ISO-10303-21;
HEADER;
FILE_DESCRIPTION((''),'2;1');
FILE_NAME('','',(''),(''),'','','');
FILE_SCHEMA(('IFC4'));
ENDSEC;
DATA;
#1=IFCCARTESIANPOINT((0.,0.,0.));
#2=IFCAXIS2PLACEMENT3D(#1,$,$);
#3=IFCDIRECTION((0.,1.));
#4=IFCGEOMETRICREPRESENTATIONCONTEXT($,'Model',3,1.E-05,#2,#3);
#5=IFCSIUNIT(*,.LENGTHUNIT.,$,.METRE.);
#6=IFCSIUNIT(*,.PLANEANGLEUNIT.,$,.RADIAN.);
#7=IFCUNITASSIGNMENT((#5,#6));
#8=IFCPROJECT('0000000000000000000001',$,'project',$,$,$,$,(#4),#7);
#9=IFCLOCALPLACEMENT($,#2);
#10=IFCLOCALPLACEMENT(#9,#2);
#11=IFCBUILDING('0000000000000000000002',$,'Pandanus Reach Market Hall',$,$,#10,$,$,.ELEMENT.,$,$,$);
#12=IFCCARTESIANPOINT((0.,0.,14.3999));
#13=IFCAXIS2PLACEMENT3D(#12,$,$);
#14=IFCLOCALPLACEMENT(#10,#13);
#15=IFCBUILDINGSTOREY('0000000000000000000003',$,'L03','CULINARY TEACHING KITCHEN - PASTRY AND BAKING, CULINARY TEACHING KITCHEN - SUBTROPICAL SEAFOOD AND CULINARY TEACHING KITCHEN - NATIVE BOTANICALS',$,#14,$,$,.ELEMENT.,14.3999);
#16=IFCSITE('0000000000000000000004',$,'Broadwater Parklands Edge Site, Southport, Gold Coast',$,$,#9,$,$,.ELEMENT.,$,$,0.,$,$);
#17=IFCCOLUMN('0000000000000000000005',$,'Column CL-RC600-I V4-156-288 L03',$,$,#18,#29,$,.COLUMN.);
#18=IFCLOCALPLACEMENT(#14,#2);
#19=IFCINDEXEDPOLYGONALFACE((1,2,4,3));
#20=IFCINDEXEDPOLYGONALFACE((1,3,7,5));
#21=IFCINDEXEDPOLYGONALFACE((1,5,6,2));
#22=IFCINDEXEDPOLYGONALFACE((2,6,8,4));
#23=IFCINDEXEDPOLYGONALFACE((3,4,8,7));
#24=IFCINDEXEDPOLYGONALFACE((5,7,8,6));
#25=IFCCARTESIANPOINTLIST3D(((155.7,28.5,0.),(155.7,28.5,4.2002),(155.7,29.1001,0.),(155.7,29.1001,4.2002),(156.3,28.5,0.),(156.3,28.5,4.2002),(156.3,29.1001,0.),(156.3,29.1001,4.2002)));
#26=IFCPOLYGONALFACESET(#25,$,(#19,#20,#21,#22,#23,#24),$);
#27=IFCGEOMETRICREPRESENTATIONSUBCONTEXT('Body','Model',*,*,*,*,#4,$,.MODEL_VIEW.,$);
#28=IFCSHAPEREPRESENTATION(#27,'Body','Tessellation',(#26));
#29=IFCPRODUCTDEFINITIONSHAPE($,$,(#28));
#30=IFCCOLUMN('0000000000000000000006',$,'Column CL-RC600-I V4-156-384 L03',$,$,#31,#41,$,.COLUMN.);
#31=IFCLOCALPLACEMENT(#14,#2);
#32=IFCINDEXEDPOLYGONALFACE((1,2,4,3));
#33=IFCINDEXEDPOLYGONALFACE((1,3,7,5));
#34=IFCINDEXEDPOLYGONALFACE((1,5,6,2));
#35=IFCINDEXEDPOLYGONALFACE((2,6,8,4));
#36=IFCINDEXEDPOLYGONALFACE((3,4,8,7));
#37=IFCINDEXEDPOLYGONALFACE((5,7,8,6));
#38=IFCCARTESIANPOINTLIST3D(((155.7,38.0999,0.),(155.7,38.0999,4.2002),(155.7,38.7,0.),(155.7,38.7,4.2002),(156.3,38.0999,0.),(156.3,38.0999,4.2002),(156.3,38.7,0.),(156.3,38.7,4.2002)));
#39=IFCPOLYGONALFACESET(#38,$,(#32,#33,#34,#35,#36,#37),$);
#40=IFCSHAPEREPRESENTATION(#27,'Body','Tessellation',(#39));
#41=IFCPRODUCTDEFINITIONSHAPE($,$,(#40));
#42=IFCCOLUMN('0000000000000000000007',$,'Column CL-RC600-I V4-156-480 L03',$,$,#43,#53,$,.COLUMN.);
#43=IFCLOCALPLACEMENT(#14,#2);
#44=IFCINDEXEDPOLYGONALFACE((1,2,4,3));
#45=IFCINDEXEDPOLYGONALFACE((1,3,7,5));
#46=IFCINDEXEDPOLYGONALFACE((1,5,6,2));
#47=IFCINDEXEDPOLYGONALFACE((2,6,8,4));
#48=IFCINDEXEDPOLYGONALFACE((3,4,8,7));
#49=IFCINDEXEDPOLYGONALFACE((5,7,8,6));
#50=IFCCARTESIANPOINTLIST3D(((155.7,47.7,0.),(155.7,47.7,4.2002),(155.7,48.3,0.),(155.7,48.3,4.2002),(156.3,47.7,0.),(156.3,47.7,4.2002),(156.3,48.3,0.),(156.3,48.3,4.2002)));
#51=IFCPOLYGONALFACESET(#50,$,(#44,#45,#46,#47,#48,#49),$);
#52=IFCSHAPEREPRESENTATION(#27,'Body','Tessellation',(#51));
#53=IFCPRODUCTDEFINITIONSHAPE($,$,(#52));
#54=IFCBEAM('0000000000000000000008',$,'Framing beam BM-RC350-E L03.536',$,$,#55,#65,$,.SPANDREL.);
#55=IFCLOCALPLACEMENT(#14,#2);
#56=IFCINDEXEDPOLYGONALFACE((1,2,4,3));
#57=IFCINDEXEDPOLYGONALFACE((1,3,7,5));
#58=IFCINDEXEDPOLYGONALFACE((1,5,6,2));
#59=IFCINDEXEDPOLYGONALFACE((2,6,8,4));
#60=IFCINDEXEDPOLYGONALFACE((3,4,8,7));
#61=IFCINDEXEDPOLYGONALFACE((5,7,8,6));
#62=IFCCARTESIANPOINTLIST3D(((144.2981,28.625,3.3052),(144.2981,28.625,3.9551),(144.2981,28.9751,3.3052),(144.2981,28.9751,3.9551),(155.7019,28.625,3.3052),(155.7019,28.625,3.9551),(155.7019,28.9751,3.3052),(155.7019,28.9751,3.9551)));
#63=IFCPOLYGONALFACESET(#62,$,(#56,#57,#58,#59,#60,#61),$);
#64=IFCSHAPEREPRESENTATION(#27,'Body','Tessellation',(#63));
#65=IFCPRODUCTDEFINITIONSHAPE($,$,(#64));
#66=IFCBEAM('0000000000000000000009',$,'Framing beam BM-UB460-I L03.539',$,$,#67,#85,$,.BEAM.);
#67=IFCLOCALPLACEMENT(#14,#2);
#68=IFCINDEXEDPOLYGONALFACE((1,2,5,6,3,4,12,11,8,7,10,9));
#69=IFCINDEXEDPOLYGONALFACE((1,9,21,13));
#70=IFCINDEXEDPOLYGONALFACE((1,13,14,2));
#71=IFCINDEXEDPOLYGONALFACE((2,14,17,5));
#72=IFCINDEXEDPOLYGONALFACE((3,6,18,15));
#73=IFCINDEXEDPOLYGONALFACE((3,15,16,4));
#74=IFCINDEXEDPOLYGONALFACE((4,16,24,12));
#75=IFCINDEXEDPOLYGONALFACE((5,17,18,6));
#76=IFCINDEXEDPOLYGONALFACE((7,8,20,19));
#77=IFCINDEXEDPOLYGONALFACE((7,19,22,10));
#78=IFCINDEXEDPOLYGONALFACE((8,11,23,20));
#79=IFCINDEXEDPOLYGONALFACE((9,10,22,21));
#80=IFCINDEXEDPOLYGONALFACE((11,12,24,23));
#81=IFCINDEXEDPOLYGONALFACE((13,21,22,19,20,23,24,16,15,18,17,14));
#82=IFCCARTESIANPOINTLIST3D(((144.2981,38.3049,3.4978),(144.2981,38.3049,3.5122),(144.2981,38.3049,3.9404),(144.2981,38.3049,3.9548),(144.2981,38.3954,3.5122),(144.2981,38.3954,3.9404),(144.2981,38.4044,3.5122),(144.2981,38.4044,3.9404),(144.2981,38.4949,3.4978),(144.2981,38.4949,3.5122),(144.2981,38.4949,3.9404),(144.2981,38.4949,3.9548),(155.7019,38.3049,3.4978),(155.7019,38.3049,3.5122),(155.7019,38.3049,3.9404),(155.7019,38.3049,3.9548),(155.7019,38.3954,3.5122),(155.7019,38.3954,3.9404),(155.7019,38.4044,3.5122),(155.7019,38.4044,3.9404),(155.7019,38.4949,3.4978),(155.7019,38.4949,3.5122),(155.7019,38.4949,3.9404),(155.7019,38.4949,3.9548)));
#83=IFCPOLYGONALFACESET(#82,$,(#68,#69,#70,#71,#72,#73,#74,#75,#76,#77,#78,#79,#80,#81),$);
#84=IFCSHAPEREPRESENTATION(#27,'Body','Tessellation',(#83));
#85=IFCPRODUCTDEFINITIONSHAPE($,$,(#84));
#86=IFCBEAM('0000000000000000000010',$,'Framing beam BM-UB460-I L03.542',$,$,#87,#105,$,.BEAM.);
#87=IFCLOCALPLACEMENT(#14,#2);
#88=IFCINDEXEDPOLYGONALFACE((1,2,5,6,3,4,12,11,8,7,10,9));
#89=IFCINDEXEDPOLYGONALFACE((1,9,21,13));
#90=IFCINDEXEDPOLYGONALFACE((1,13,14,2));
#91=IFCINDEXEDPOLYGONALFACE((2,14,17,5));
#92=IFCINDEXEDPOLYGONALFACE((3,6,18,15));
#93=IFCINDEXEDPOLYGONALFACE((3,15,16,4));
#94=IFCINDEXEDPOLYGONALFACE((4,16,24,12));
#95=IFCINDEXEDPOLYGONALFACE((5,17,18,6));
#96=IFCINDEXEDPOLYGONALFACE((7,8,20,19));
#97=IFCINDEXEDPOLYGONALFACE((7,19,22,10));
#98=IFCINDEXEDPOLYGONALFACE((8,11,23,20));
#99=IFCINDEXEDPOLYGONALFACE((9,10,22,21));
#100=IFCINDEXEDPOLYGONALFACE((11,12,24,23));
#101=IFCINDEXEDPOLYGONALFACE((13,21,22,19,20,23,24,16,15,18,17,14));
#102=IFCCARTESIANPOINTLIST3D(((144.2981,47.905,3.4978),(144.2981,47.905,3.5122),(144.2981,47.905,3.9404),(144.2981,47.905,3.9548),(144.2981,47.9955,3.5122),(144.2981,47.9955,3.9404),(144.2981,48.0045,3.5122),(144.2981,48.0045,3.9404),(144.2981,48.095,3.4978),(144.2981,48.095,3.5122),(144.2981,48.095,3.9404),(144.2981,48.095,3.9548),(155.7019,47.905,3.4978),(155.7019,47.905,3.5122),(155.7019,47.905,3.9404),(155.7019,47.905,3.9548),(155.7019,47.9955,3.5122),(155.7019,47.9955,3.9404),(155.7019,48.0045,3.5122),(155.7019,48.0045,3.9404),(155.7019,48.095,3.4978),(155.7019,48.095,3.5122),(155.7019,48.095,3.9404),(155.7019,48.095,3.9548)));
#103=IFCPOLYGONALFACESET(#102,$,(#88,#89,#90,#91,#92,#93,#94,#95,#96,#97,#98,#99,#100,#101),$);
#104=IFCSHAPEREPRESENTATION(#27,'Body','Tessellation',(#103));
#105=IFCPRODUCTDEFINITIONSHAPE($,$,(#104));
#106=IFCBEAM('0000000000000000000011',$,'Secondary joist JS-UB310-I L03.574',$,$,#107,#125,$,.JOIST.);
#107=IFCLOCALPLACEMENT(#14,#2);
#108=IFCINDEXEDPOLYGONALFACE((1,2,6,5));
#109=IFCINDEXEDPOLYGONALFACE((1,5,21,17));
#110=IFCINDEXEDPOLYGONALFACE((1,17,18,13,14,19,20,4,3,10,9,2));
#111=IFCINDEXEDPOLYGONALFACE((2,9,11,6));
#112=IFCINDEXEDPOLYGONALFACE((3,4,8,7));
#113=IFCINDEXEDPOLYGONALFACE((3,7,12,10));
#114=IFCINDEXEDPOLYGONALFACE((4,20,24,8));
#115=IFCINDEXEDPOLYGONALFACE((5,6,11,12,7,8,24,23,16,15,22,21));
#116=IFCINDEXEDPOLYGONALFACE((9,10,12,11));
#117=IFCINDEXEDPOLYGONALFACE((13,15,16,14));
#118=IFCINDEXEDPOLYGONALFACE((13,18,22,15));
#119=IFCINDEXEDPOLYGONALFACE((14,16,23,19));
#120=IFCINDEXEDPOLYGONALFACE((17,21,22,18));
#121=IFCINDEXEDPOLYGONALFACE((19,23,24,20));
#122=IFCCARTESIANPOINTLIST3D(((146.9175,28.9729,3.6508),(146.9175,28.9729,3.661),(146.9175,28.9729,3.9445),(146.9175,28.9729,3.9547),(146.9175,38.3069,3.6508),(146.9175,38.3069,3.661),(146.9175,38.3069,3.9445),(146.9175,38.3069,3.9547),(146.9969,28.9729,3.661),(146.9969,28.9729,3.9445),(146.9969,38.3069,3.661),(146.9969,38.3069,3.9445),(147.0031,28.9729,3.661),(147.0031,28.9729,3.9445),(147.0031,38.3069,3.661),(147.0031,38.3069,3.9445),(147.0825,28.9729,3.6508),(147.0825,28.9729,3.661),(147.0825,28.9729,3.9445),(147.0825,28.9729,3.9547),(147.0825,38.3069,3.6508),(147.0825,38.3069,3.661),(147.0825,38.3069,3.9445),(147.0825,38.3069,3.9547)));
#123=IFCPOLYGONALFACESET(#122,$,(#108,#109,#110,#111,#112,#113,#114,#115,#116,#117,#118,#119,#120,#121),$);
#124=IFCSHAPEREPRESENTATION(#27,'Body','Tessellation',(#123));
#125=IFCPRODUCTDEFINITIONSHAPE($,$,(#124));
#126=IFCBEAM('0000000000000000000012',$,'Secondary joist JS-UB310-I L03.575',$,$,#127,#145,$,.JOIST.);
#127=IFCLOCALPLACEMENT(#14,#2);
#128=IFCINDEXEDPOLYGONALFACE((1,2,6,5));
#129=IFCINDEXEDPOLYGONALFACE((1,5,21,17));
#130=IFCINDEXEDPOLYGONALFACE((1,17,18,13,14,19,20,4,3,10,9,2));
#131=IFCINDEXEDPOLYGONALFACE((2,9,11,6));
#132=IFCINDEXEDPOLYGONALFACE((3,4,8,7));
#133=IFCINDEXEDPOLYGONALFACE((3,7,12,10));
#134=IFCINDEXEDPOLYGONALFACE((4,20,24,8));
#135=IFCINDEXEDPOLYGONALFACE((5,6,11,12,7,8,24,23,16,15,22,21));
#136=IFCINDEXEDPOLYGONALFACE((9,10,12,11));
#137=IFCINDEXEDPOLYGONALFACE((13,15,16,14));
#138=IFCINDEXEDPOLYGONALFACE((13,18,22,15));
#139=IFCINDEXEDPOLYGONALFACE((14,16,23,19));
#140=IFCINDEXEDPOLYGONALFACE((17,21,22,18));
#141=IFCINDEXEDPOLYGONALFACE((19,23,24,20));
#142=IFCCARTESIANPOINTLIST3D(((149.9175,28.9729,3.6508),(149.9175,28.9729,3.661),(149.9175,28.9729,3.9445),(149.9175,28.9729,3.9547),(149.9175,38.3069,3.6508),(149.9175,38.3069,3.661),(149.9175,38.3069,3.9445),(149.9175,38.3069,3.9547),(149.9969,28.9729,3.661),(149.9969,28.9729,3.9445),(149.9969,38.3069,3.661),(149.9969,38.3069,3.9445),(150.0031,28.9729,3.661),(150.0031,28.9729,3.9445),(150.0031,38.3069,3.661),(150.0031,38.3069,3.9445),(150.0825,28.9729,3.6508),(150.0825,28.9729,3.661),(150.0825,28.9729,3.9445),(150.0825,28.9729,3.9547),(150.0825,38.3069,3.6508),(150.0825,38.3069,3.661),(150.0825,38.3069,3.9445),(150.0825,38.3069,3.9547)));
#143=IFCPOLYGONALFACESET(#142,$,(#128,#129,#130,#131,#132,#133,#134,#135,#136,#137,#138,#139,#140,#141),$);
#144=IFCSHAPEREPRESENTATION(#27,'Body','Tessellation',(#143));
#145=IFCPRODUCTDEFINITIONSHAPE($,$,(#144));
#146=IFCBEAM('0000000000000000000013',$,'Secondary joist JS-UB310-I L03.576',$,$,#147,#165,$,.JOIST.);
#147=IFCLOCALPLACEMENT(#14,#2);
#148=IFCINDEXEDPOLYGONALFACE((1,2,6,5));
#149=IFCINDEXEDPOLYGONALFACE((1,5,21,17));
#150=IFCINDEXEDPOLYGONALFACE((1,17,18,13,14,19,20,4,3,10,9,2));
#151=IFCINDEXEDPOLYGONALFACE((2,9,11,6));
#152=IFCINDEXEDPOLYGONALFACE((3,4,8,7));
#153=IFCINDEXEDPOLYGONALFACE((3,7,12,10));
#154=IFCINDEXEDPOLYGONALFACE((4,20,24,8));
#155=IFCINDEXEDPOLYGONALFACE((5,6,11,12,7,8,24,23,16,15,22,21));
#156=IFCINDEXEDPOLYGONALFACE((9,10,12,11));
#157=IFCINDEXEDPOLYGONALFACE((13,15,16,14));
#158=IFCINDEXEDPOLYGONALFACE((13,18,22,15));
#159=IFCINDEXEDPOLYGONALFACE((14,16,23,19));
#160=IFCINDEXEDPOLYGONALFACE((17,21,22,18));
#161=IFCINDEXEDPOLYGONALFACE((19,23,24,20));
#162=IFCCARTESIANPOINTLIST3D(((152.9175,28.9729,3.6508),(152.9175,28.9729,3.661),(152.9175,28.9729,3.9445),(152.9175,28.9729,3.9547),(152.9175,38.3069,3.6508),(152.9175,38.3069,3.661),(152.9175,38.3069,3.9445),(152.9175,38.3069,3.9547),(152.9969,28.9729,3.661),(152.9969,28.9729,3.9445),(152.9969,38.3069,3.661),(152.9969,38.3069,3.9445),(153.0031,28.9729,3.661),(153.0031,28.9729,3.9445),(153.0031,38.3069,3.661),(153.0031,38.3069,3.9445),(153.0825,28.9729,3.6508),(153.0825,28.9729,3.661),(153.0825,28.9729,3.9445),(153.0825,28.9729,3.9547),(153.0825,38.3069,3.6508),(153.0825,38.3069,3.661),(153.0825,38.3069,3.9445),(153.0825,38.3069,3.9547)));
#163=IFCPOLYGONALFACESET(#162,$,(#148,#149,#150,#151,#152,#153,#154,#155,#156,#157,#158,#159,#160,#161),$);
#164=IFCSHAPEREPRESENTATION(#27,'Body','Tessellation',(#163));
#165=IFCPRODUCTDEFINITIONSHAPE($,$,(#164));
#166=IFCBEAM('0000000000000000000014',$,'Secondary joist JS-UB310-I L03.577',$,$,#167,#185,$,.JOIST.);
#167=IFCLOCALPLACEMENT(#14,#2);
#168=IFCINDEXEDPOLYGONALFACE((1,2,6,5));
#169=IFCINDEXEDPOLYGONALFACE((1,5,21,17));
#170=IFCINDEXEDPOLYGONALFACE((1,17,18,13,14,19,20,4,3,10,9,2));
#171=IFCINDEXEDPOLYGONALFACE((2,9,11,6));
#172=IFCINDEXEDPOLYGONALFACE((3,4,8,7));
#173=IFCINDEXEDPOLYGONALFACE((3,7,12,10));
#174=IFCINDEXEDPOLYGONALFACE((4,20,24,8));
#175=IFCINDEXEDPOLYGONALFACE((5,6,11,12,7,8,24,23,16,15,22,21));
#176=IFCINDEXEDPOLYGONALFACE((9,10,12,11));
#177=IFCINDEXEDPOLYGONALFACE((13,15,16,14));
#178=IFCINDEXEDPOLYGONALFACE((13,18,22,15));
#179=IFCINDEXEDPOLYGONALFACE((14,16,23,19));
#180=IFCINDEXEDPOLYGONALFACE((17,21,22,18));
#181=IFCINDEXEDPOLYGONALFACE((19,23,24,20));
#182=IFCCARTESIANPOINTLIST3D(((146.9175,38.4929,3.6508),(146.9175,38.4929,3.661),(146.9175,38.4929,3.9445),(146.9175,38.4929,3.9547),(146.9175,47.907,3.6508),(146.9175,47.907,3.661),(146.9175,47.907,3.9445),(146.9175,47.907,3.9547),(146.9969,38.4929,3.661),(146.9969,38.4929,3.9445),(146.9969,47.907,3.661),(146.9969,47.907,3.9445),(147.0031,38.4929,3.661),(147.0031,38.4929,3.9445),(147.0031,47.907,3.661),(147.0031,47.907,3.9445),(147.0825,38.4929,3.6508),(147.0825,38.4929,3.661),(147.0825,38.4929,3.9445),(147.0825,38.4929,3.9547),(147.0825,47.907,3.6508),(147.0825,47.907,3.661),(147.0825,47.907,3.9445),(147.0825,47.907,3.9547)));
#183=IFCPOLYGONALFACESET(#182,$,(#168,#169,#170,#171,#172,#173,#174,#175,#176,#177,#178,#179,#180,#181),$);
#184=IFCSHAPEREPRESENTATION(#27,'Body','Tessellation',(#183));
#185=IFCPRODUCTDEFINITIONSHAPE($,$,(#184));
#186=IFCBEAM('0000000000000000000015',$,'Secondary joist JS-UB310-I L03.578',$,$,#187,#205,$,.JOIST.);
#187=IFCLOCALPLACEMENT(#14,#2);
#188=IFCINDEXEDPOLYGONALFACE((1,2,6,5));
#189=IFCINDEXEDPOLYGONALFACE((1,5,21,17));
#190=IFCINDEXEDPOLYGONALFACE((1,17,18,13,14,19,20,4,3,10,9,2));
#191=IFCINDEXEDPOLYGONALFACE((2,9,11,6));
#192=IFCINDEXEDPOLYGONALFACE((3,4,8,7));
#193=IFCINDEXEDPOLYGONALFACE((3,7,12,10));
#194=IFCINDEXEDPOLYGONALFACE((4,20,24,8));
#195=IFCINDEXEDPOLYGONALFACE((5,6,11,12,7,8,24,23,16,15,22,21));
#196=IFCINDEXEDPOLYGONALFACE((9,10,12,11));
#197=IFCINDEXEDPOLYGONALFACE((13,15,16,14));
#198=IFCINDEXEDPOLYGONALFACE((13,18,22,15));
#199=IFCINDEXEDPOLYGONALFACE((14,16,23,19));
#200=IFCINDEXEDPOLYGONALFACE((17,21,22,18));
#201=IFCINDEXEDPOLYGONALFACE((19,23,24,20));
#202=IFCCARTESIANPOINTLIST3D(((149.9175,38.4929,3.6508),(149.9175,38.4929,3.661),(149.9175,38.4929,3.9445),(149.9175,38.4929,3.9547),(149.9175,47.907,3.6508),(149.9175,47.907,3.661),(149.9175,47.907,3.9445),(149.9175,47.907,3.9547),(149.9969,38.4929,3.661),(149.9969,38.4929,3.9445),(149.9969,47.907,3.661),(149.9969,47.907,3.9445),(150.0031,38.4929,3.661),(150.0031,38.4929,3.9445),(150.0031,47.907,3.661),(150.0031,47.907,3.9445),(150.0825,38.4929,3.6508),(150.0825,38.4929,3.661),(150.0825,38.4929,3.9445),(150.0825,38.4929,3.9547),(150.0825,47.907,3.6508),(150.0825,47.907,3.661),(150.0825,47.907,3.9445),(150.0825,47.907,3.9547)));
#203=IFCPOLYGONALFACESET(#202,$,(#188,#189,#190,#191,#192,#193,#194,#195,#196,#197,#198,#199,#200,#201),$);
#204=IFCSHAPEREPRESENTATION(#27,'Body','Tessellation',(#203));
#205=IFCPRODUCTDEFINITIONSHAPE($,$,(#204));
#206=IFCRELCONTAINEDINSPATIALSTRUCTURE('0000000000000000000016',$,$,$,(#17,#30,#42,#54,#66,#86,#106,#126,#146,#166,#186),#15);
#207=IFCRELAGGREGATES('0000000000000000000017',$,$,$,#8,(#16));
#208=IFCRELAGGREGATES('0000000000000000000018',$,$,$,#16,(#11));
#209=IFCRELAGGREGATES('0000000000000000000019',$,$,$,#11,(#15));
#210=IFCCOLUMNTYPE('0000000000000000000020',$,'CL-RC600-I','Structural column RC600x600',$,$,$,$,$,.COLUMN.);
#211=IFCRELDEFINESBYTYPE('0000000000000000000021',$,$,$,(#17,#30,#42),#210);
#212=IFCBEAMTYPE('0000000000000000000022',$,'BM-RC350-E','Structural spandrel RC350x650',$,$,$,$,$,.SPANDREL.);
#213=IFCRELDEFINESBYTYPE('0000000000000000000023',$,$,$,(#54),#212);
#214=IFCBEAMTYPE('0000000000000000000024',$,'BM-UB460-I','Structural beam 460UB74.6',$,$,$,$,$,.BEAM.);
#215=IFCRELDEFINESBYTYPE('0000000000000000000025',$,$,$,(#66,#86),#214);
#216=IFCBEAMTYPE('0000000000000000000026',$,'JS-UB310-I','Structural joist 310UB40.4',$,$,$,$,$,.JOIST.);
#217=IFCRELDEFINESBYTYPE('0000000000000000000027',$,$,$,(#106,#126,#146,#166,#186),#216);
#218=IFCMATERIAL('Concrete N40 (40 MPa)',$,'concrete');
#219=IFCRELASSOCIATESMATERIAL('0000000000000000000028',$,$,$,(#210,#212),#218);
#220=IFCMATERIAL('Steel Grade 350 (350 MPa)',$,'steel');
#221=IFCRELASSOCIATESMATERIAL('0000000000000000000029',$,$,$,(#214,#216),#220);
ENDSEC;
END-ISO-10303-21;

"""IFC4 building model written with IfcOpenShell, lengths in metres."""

from ifc_helpers import new_model, si_unit, direction, frame, origin, origin_2d, place, context, subcontext, project, spatial, rectangle, i_section, extrude, material, material_profile, profile_set, type_object, element, save


model = new_model("IFC4")

# Units and contexts
model_context = context("Model", 3, precision=1e-05, world=origin(), true_north=direction((0.0, 1.0)))
body_context = subcontext(model_context, "Body", "Model", "MODEL_VIEW")
ifc_project = project(units=[si_unit("LENGTHUNIT", "METRE"), si_unit("PLANEANGLEUNIT", "RADIAN")], contexts=[model_context])

# Site, building, storey
site_placement = place(None, origin())
site = spatial("IfcSite", under=ifc_project, at=site_placement, Name="Broadwater Parklands Edge Site, Southport, Gold Coast", CompositionType="ELEMENT", RefElevation=0.0)
building_placement = place(site_placement, origin())
building = spatial("IfcBuilding", under=site, at=building_placement, Name="Pandanus Reach Market Hall", CompositionType="ELEMENT")
storey_placement = place(building_placement, frame((0.0, 0.0, 14.3999)))
storey = spatial("IfcBuildingStorey", under=building, at=storey_placement, Name="L03", Description="CULINARY TEACHING KITCHEN - PASTRY AND BAKING, CULINARY TEACHING KITCHEN - SUBTROPICAL SEAFOOD AND CULINARY TEACHING KITCHEN - NATIVE BOTANICALS", CompositionType="ELEMENT", Elevation=14.3999)

# Columns
ifc_material_1 = material(Name="Concrete N40 (40 MPa)", Category="concrete")
ifc_material_profile_1 = material_profile(ifc_material_1, rectangle(XDim=0.6001, YDim=0.6001, at=origin_2d()), Name="RC600x600", Category="LoadBearing")
ifc_profile_set_1 = profile_set([ifc_material_profile_1], Name="Concrete N40 (40 MPa)")
column_type = type_object("IfcColumnType", Name="CL-RC600-I", Description="Structural column RC600x600", PredefinedType="COLUMN", material=ifc_profile_set_1)
for number, where, z_axis, x_axis, name in (
    (1, (156.0, 28.8, 0.0), (0.0, 0.0, 1.0), (1.0, 0.0, 0.0), "Column CL-RC600-I V4-156-288 L03"),
    (2, (156.0, 38.3999, 0.0), (0.0, 0.0, 1.0), (1.0, 0.0, 0.0), "Column CL-RC600-I V4-156-384 L03"),
    (3, (156.0, 48.0, 0.0), (0.0, 0.0, 1.0), (1.0, 0.0, 0.0), "Column CL-RC600-I V4-156-480 L03"),
):
    element("IfcColumn", number, at=place(storey_placement, frame(where, z_axis=z_axis, x_axis=x_axis)), inside=storey, type_object=column_type, Name=name, PredefinedType="COLUMN", context=body_context, shape_type="SweptSolid", body=[
        extrude(rectangle(XDim=0.6001, YDim=0.6001, at=origin_2d()), origin(), (0.0, 0.0, 1.0), 4.2002),
    ])

# Beams
ifc_material_profile_2 = material_profile(ifc_material_1, rectangle(XDim=0.3501, YDim=0.6499, at=origin_2d()), Name="RC350x650", Category="LoadBearing")
ifc_profile_set_2 = profile_set([ifc_material_profile_2], Name="Concrete N40 (40 MPa)")
beam_type_1 = type_object("IfcBeamType", Name="BM-RC350-E", Description="Structural spandrel RC350x650", PredefinedType="SPANDREL", material=ifc_profile_set_2)
beam_placement = place(storey_placement, frame((144.2981, 28.8, 3.6301), z_axis=(1.0, 0.0, 0.0), x_axis=(0.0, 1.0, 0.0)))
element("IfcBeam", 4, at=beam_placement, inside=storey, type_object=beam_type_1, Name="Framing beam BM-RC350-E L03.536", PredefinedType="SPANDREL", context=body_context, shape_type="SweptSolid", body=[
    extrude(rectangle(XDim=0.3501, YDim=0.6499, at=origin_2d()), origin(), (0.0, 0.0, 1.0), 11.4038),
])
ifc_material_2 = material(Name="Steel Grade 350 (350 MPa)", Category="steel")
ifc_material_profile_3 = material_profile(ifc_material_2, i_section(OverallWidth=0.1899, OverallDepth=0.457, WebThickness=0.009, FlangeThickness=0.0144, at=origin_2d()), Name="460UB74.6", Category="LoadBearing")
ifc_profile_set_3 = profile_set([ifc_material_profile_3], Name="Steel Grade 350 (350 MPa)")
beam_type_2 = type_object("IfcBeamType", Name="BM-UB460-I", Description="Structural beam 460UB74.6", PredefinedType="BEAM", material=ifc_profile_set_3)
for number, where, z_axis, x_axis, name in (
    (5, (144.2981, 38.3999, 3.7263), (1.0, 0.0, 0.0), (0.0, 1.0, 0.0), "Framing beam BM-UB460-I L03.539"),
    (6, (144.2981, 48.0, 3.7263), (1.0, 0.0, 0.0), (0.0, 1.0, 0.0), "Framing beam BM-UB460-I L03.542"),
):
    element("IfcBeam", number, at=place(storey_placement, frame(where, z_axis=z_axis, x_axis=x_axis)), inside=storey, type_object=beam_type_2, Name=name, PredefinedType="BEAM", context=body_context, shape_type="SweptSolid", body=[
        extrude(i_section(OverallWidth=0.1899, OverallDepth=0.457, WebThickness=0.009, FlangeThickness=0.0144, at=origin_2d()), origin(), (0.0, 0.0, 1.0), 11.4038),
    ])
ifc_material_profile_4 = material_profile(ifc_material_2, i_section(OverallWidth=0.165, OverallDepth=0.304, WebThickness=0.0061, FlangeThickness=0.0103, at=origin_2d()), Name="310UB40.4", Category="LoadBearing")
ifc_profile_set_4 = profile_set([ifc_material_profile_4], Name="Steel Grade 350 (350 MPa)")
beam_type_3 = type_object("IfcBeamType", Name="JS-UB310-I", Description="Structural joist 310UB40.4", PredefinedType="JOIST", material=ifc_profile_set_4)
for number, where, z_axis, x_axis, name in (
    (7, (147.0, 28.9729, 3.8027), (0.0, 1.0, 0.0), (-1.0, 0.0, 0.0), "Secondary joist JS-UB310-I L03.574"),
    (8, (150.0, 28.9729, 3.8027), (0.0, 1.0, 0.0), (-1.0, 0.0, 0.0), "Secondary joist JS-UB310-I L03.575"),
    (9, (153.0, 28.9729, 3.8027), (0.0, 1.0, 0.0), (-1.0, 0.0, 0.0), "Secondary joist JS-UB310-I L03.576"),
):
    element("IfcBeam", number, at=place(storey_placement, frame(where, z_axis=z_axis, x_axis=x_axis)), inside=storey, type_object=beam_type_3, Name=name, PredefinedType="JOIST", context=body_context, shape_type="SweptSolid", body=[
        extrude(i_section(OverallWidth=0.165, OverallDepth=0.304, WebThickness=0.0061, FlangeThickness=0.0103, at=origin_2d()), origin(), (0.0, 0.0, 1.0), 9.334),
    ])
for number, where, z_axis, x_axis, name in (
    (10, (147.0, 38.4929, 3.8027), (0.0, 1.0, 0.0), (-1.0, 0.0, 0.0), "Secondary joist JS-UB310-I L03.577"),
    (11, (150.0, 38.4929, 3.8027), (0.0, 1.0, 0.0), (-1.0, 0.0, 0.0), "Secondary joist JS-UB310-I L03.578"),
):
    element("IfcBeam", number, at=place(storey_placement, frame(where, z_axis=z_axis, x_axis=x_axis)), inside=storey, type_object=beam_type_3, Name=name, PredefinedType="JOIST", context=body_context, shape_type="SweptSolid", body=[
        extrude(i_section(OverallWidth=0.165, OverallDepth=0.304, WebThickness=0.0061, FlangeThickness=0.0103, at=origin_2d()), origin(), (0.0, 0.0, 1.0), 9.4141),
    ])

save(model, "model.ifc")
